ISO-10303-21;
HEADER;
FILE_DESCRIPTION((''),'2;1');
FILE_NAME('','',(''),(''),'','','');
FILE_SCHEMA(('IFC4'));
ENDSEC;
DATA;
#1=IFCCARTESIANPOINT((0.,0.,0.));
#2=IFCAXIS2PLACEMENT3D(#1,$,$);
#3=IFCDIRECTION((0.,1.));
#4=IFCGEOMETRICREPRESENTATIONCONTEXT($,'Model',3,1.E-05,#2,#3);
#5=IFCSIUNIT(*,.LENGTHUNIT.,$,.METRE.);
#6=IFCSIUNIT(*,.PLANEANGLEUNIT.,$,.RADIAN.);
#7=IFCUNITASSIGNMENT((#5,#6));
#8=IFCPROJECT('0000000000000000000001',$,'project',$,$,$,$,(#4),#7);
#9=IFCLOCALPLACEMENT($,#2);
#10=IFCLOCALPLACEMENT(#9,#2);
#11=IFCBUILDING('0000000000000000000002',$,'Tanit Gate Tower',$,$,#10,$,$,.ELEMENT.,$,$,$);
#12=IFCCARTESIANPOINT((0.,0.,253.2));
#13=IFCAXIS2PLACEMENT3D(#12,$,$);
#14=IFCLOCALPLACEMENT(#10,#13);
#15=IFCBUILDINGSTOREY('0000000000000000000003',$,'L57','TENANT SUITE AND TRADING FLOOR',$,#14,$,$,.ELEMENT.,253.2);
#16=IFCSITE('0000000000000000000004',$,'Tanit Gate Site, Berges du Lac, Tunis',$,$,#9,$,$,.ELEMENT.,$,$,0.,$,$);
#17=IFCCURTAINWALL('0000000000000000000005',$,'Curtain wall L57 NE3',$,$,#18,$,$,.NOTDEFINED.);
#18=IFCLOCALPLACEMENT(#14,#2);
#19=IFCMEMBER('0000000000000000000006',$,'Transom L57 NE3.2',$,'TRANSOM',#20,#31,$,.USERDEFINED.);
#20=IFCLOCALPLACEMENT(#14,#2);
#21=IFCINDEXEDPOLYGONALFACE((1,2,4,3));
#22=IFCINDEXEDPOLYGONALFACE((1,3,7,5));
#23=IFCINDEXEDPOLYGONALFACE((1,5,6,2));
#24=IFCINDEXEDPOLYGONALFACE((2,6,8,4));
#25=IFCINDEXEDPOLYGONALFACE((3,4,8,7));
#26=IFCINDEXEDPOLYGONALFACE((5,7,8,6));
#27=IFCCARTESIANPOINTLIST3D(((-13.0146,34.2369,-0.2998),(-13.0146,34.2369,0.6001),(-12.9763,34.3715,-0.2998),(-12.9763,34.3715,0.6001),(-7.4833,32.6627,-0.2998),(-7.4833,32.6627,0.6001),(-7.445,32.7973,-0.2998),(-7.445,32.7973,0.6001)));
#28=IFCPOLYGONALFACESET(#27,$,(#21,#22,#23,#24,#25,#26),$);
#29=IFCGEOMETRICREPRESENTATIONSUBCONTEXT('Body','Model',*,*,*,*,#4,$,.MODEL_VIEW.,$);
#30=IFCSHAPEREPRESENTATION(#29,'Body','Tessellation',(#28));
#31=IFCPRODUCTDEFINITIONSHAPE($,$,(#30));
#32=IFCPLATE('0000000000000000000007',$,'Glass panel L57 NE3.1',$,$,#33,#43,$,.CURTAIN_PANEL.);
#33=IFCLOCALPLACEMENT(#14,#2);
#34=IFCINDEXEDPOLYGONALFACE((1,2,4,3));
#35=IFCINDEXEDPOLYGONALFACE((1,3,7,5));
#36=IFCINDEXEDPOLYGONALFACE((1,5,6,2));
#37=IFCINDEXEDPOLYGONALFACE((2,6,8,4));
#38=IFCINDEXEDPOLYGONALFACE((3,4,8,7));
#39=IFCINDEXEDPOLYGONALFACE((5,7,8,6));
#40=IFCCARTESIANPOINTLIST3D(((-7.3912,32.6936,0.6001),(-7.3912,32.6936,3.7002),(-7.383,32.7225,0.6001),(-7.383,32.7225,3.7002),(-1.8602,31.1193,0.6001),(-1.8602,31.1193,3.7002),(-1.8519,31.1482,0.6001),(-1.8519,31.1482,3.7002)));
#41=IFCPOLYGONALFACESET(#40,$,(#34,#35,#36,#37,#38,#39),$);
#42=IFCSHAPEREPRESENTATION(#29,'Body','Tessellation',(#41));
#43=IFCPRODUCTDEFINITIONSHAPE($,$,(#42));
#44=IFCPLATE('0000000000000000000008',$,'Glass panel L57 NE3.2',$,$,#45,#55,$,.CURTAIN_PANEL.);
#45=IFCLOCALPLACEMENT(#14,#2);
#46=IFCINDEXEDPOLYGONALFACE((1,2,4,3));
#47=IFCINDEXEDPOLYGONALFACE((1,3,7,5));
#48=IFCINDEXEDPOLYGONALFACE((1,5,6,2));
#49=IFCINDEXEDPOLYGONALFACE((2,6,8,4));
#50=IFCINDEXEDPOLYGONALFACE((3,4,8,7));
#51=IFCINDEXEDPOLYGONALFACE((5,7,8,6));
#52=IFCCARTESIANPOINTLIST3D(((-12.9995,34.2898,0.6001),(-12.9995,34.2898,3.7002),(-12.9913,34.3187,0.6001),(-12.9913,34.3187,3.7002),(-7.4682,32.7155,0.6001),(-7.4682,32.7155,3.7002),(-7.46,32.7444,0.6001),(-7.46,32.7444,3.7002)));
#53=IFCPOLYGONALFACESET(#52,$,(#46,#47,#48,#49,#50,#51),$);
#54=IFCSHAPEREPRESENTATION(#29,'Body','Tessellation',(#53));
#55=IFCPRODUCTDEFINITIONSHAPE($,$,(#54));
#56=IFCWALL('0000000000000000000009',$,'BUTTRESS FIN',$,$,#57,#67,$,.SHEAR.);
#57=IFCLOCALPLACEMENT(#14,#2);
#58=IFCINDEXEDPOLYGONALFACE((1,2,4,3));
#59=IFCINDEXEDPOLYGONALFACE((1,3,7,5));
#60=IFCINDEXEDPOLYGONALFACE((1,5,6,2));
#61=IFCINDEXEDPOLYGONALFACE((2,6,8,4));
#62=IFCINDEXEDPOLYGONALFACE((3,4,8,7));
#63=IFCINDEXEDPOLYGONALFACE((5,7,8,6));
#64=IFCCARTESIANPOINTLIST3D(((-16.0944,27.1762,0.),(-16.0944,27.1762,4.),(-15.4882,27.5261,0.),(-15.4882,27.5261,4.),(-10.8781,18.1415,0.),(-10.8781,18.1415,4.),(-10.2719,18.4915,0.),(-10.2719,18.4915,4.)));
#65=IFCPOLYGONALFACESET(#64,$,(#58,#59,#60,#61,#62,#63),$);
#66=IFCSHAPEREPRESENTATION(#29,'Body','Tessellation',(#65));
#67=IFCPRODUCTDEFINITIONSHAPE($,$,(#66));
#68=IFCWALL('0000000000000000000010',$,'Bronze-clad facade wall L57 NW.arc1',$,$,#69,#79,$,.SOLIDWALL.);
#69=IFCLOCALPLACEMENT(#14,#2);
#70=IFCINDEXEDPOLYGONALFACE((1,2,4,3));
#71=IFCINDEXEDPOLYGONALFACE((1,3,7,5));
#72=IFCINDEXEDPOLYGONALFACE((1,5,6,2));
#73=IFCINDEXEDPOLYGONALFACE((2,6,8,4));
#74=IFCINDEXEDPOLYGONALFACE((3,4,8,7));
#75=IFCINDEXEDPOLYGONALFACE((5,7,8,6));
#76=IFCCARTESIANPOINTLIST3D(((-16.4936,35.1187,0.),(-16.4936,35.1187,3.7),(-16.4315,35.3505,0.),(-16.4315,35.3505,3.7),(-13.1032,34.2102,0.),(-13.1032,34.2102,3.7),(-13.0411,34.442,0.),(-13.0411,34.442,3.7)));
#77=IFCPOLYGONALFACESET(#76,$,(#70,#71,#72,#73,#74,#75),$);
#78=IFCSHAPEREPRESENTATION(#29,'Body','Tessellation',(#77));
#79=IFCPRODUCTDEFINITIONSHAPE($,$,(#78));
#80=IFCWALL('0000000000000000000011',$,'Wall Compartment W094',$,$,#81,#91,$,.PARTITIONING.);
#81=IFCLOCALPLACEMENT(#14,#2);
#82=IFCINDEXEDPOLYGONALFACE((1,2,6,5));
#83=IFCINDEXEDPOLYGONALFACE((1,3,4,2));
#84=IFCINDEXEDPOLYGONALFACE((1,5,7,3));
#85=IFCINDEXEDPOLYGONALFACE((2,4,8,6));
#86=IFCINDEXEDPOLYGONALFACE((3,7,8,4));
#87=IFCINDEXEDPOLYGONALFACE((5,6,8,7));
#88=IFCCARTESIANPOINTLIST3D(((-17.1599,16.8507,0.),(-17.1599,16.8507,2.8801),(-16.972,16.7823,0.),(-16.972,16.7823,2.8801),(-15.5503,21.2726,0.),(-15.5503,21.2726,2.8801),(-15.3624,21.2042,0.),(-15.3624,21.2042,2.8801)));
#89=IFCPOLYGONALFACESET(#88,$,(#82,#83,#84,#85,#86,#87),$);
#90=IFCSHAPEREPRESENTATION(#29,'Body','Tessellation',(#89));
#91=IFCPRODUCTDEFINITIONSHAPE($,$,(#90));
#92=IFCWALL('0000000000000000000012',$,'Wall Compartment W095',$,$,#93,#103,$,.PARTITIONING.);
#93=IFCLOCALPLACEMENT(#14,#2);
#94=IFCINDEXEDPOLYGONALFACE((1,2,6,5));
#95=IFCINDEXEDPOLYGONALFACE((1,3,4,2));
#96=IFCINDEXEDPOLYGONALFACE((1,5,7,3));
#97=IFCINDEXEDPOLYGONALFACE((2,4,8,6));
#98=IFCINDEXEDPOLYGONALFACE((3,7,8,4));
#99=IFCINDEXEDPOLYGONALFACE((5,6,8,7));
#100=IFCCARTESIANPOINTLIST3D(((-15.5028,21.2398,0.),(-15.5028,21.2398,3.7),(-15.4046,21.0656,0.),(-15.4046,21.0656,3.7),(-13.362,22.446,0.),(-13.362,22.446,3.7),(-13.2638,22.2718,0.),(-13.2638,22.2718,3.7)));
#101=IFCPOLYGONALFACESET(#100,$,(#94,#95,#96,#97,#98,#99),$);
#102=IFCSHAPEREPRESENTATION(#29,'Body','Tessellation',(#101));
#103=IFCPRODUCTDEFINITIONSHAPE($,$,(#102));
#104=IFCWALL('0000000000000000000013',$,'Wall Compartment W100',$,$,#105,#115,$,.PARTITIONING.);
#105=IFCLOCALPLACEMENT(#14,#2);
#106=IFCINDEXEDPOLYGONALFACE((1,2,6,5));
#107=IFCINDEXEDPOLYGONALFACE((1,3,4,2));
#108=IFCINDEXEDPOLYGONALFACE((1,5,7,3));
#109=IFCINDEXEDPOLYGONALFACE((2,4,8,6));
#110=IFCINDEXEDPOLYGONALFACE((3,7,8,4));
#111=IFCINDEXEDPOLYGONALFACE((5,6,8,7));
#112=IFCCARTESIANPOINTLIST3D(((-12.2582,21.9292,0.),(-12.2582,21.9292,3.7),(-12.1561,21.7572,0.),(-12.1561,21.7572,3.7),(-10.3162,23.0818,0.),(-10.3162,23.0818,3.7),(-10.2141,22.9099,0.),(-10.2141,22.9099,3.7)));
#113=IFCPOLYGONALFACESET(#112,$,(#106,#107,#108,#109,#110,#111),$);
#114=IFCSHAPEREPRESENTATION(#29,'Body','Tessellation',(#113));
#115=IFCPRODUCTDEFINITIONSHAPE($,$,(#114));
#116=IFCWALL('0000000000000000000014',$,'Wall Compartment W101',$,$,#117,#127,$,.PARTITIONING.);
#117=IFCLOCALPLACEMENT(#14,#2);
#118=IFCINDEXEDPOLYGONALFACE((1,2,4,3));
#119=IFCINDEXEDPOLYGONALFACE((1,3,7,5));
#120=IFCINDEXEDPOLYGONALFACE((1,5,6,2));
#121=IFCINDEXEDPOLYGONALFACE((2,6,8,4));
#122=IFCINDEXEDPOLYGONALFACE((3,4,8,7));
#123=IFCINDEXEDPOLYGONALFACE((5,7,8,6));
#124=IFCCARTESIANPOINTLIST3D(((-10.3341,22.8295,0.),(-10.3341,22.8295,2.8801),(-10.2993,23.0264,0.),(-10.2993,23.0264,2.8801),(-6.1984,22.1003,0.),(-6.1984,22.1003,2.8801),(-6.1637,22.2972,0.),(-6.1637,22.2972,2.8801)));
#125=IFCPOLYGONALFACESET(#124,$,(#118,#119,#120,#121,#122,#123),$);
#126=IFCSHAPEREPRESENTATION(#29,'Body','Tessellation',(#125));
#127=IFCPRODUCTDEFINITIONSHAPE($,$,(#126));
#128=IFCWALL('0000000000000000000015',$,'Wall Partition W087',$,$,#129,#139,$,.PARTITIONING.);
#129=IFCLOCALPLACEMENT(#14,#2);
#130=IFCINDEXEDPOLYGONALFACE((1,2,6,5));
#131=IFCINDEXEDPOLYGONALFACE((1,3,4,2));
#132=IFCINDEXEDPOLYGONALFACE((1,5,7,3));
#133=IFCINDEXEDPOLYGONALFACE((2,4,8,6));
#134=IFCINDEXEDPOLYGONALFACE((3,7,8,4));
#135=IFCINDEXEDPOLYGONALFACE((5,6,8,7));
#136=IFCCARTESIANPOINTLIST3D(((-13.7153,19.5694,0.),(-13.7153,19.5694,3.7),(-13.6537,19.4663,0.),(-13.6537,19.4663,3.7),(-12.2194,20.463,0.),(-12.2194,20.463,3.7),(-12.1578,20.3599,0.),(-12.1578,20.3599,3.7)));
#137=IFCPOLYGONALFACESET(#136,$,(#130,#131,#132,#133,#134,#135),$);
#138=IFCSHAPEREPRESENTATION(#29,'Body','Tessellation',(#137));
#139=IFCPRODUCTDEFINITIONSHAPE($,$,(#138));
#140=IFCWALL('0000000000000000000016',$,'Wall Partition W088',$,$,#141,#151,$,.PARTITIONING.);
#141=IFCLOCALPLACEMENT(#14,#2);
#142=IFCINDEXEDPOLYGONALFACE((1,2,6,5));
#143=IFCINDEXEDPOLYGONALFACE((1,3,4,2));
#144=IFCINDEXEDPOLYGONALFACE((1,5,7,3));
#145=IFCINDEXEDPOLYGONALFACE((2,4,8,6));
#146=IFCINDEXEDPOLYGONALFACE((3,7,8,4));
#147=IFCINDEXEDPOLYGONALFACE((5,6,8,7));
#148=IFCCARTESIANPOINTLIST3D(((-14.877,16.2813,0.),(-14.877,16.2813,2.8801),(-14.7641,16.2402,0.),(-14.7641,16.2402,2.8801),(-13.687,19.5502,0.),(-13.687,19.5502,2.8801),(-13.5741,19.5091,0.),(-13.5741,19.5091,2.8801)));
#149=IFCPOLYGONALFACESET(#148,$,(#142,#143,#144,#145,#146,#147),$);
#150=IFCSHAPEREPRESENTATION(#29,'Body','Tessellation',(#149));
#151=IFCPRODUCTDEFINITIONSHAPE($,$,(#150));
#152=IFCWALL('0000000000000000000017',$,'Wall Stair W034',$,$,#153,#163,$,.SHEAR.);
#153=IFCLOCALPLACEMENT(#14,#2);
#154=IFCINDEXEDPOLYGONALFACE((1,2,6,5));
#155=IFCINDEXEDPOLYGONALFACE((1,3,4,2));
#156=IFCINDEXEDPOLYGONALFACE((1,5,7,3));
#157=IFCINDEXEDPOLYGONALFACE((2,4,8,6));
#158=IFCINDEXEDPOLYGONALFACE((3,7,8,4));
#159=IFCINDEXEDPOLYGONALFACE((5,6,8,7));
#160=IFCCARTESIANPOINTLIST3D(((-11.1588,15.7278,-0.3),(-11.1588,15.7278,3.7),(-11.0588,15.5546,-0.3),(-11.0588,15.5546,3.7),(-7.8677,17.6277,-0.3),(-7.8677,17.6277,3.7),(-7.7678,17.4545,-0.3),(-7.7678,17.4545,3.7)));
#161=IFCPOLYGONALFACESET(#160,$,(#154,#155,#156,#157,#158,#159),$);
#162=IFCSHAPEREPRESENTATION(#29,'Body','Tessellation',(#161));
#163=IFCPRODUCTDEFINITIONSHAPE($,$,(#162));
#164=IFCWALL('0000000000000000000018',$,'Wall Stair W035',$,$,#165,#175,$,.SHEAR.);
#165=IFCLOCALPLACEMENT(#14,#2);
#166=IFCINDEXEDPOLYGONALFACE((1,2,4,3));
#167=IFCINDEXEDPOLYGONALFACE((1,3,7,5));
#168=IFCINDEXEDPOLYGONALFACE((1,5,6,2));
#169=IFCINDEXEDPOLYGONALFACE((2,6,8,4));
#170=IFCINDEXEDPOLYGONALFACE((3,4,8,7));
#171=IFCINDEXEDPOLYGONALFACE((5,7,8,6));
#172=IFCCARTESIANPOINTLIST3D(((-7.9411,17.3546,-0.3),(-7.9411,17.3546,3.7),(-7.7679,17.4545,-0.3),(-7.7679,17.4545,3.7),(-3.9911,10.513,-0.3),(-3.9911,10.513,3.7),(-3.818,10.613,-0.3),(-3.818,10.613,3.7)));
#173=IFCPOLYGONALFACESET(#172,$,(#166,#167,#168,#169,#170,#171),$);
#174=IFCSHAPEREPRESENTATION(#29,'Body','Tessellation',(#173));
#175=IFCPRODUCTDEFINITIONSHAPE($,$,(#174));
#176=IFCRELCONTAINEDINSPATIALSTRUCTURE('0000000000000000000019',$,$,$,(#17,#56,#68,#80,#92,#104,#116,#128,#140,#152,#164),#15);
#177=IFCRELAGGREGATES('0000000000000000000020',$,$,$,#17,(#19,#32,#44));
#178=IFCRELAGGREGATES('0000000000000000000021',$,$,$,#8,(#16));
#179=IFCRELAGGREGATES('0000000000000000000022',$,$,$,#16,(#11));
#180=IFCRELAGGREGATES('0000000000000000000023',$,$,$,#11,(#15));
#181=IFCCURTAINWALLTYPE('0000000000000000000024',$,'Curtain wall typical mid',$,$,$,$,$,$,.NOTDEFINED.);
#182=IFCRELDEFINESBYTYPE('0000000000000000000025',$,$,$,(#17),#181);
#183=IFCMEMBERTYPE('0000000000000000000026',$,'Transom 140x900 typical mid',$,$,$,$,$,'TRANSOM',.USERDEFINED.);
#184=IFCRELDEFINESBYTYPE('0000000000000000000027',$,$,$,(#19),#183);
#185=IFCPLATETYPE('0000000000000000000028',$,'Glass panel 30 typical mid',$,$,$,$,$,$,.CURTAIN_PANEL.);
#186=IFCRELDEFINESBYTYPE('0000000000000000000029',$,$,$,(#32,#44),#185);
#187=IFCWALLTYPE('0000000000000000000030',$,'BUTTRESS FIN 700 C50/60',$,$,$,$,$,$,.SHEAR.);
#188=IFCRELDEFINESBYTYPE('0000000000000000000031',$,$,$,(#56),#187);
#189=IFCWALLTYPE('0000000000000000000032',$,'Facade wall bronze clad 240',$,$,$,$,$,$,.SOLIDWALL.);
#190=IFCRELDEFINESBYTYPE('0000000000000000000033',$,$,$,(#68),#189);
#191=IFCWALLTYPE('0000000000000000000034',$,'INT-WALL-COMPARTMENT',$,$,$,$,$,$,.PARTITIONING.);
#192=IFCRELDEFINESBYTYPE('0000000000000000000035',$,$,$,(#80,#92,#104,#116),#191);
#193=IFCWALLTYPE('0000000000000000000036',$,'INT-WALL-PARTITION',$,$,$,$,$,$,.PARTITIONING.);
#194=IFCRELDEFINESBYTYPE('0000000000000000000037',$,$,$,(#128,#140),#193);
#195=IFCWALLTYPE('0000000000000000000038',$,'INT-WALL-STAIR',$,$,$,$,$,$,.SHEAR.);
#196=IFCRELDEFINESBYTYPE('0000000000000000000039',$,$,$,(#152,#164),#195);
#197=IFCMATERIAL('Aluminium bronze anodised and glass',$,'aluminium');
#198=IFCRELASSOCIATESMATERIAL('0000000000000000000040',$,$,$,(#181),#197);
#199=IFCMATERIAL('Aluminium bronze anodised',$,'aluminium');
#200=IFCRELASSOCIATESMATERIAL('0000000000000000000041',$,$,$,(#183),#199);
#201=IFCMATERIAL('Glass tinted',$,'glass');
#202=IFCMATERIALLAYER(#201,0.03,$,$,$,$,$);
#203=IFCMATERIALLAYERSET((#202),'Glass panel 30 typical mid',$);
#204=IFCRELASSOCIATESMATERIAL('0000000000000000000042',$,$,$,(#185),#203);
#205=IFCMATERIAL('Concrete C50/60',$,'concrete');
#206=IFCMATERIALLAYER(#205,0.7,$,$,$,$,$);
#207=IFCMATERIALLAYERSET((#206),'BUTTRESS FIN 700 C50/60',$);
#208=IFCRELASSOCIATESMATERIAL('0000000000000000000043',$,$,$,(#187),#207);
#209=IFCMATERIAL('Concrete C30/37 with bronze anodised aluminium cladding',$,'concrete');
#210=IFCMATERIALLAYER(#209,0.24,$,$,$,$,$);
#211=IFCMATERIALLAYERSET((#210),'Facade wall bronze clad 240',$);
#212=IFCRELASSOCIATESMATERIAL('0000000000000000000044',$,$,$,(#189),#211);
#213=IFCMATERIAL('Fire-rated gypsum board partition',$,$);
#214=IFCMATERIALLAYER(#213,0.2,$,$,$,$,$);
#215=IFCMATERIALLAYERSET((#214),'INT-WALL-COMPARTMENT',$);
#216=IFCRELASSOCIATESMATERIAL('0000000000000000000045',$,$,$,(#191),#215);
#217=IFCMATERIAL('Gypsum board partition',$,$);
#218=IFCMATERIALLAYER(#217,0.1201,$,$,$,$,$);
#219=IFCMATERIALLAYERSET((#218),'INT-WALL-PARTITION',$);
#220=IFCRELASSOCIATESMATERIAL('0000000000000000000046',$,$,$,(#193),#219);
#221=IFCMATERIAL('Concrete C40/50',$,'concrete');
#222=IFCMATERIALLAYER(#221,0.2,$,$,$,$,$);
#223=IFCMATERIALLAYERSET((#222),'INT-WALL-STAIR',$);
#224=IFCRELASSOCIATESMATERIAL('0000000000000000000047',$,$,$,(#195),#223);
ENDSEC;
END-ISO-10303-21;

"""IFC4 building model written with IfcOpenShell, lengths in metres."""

from ifc_helpers import new_model, si_unit, direction, frame, frame_2d, origin, origin_2d, place, context, subcontext, project, spatial, rectangle, extrude, material, layer, layer_set, material_profile, profile_set, type_object, element, aggregate, save


model = new_model("IFC4")

# Units and contexts
model_context = context("Model", 3, precision=1e-05, world=origin(), true_north=direction((0.0, 1.0)))
body_context = subcontext(model_context, "Body", "Model", "MODEL_VIEW")
ifc_project = project(units=[si_unit("LENGTHUNIT", "METRE"), si_unit("PLANEANGLEUNIT", "RADIAN")], contexts=[model_context])

# Site, building, storey
site_placement = place(None, origin())
site = spatial("IfcSite", under=ifc_project, at=site_placement, Name="Tanit Gate Site, Berges du Lac, Tunis", CompositionType="ELEMENT", RefElevation=0.0)
building_placement = place(site_placement, origin())
building = spatial("IfcBuilding", under=site, at=building_placement, Name="Tanit Gate Tower", CompositionType="ELEMENT")
storey_placement = place(building_placement, frame((0.0, 0.0, 253.2)))
storey = spatial("IfcBuildingStorey", under=building, at=storey_placement, Name="L57", Description="TENANT SUITE AND TRADING FLOOR", CompositionType="ELEMENT", Elevation=253.2)

# Curtain wall
ifc_material_1 = material(Name="Aluminium bronze anodised and glass", Category="aluminium")
curtain_wall_type = type_object("IfcCurtainWallType", Name="Curtain wall typical mid", PredefinedType="NOTDEFINED", material=ifc_material_1)
curtain_wall_placement = place(storey_placement, origin())
curtain_wall = element("IfcCurtainWall", 1, at=curtain_wall_placement, inside=storey, type_object=curtain_wall_type, Name="Curtain wall L57 NE3", PredefinedType="NOTDEFINED")

# Member
ifc_material_2 = material(Name="Aluminium bronze anodised", Category="aluminium")
ifc_material_profile_1 = material_profile(ifc_material_2, rectangle(XDim=0.1399, YDim=0.8999, at=origin_2d()), Name="140x900 bronze transom")
ifc_profile_set_1 = profile_set([ifc_material_profile_1], Name="Aluminium bronze anodised")
member_type_1 = type_object("IfcMemberType", Name="Transom 140x900 typical mid", ElementType="TRANSOM", PredefinedType="USERDEFINED", material=ifc_profile_set_1)
member_1_placement = place(storey_placement, frame((-7.4641, 32.73, 0.1501), z_axis=(-0.961805, 0.273734, 0.0), x_axis=(-0.273734, -0.961805, 0.0)))
member_1 = element("IfcMember", 2, at=member_1_placement, type_object=member_type_1, Name="Transom L57 NE3.2", ObjectType="TRANSOM", PredefinedType="USERDEFINED", context=body_context, shape_type="SweptSolid", body=[
    extrude(rectangle(XDim=0.1399, YDim=0.8999, at=origin_2d()), origin(), (0.0, 0.0, 1.0), 5.751),
])

# Plates
ifc_material_3 = material(Name="Glass tinted", Category="glass")
ifc_layer_1 = layer(ifc_material_3, 0.03)
ifc_layer_set_1 = layer_set([ifc_layer_1], Name="Glass panel 30 typical mid")
plate_type = type_object("IfcPlateType", Name="Glass panel 30 typical mid", PredefinedType="CURTAIN_PANEL", material=ifc_layer_set_1)
plate_1_placement = place(storey_placement, frame((-4.6216, 31.9209, 0.6001), z_axis=(0.0, 0.0, 1.0), x_axis=(-0.961803, 0.273744, 0.0)))
plate_1 = element("IfcPlate", 3, at=plate_1_placement, type_object=plate_type, Name="Glass panel L57 NE3.1", PredefinedType="CURTAIN_PANEL", context=body_context, shape_type="SweptSolid", body=[
    extrude(rectangle(XDim=5.7507, YDim=0.03, at=origin_2d()), origin(), (0.0, 0.0, 1.0), 3.1001),
])
plate_2_placement = place(storey_placement, frame((-10.2297, 33.5171, 0.6001), z_axis=(0.0, 0.0, 1.0), x_axis=(-0.961803, 0.273744, 0.0)))
plate_2 = element("IfcPlate", 4, at=plate_2_placement, type_object=plate_type, Name="Glass panel L57 NE3.2", PredefinedType="CURTAIN_PANEL", context=body_context, shape_type="SweptSolid", body=[
    extrude(rectangle(XDim=5.751, YDim=0.03, at=origin_2d()), origin(), (0.0, 0.0, 1.0), 3.1001),
])
aggregate(curtain_wall, [member_1, plate_1, plate_2])

# Walls
ifc_material_4 = material(Name="Concrete C50/60", Category="concrete")
ifc_layer_2 = layer(ifc_material_4, 0.7)
ifc_layer_set_2 = layer_set([ifc_layer_2], Name="BUTTRESS FIN 700 C50/60")
wall_type_1 = type_object("IfcWallType", Name="BUTTRESS FIN 700 C50/60", PredefinedType="SHEAR", material=ifc_layer_set_2)
wall_1_placement = place(storey_placement, frame((-10.575, 18.3164, 0.0), z_axis=(0.0, 0.0, 1.0), x_axis=(-0.50001, 0.86602, 0.0)))
element("IfcWall", 5, at=wall_1_placement, inside=storey, type_object=wall_type_1, Name="BUTTRESS FIN", PredefinedType="SHEAR", context=body_context, shape_type="SweptSolid", body=[
    extrude(rectangle(XDim=10.4324, YDim=0.7, at=frame_2d((5.2163, 0.0))), origin(), (0.0, 0.0, 1.0), 4.0),
])
ifc_material_5 = material(Name="Concrete C30/37 with bronze anodised aluminium cladding", Category="concrete")
ifc_layer_3 = layer(ifc_material_5, 0.24)
ifc_layer_set_3 = layer_set([ifc_layer_3], Name="Facade wall bronze clad 240")
wall_type_2 = type_object("IfcWallType", Name="Facade wall bronze clad 240", PredefinedType="SOLIDWALL", material=ifc_layer_set_3)
wall_2_placement = place(storey_placement, frame((-13.0723, 34.3262, 0.0), z_axis=(0.0, 0.0, 1.0), x_axis=(-0.965926, 0.258818, 0.0)))
element("IfcWall", 6, at=wall_2_placement, inside=storey, type_object=wall_type_2, Name="Bronze-clad facade wall L57 NW.arc1", PredefinedType="SOLIDWALL", context=body_context, shape_type="SweptSolid", body=[
    extrude(rectangle(XDim=3.51, YDim=0.24, at=frame_2d((1.7549, 0.0))), origin(), (0.0, 0.0, 1.0), 3.7),
])
ifc_material_6 = material(Name="Fire-rated gypsum board partition")
ifc_layer_4 = layer(ifc_material_6, 0.2)
ifc_layer_set_4 = layer_set([ifc_layer_4], Name="INT-WALL-COMPARTMENT")
wall_type_3 = type_object("IfcWallType", Name="INT-WALL-COMPARTMENT", PredefinedType="PARTITIONING", material=ifc_layer_set_4)
wall_3_placement = place(storey_placement, frame((-15.4563, 21.2385, 0.0), z_axis=(0.0, 0.0, 1.0), x_axis=(-0.342055, -0.93968, 0.0)))
element("IfcWall", 7, at=wall_3_placement, inside=storey, type_object=wall_type_3, Name="Wall Compartment W094", PredefinedType="PARTITIONING", context=body_context, shape_type="SweptSolid", body=[
    extrude(rectangle(XDim=4.7058, YDim=0.2, at=frame_2d((2.353, 0.0))), origin(), (0.0, 0.0, 1.0), 2.8801),
])
wall_4_placement = place(storey_placement, frame((-13.313, 22.3589, 0.0), z_axis=(0.0, 0.0, 1.0), x_axis=(-0.871217, -0.490898, 0.0)))
element("IfcWall", 8, at=wall_4_placement, inside=storey, type_object=wall_type_3, Name="Wall Compartment W095", PredefinedType="PARTITIONING", context=body_context, shape_type="SweptSolid", body=[
    extrude(rectangle(XDim=2.4573, YDim=0.2, at=frame_2d((1.2285, 0.0))), origin(), (0.0, 0.0, 1.0), 3.7),
])
wall_5_placement = place(storey_placement, frame((-10.2651, 22.9958, 0.0), z_axis=(0.0, 0.0, 1.0), x_axis=(-0.859935, -0.510404, 0.0)))
element("IfcWall", 9, at=wall_5_placement, inside=storey, type_object=wall_type_3, Name="Wall Compartment W100", PredefinedType="PARTITIONING", context=body_context, shape_type="SweptSolid", body=[
    extrude(rectangle(XDim=2.2583, YDim=0.2, at=frame_2d((1.1292, 0.0))), origin(), (0.0, 0.0, 1.0), 3.7),
])
wall_6_placement = place(storey_placement, frame((-6.1812, 22.1987, 0.0), z_axis=(0.0, 0.0, 1.0), x_axis=(-0.984808, 0.173649, 0.0)))
element("IfcWall", 10, at=wall_6_placement, inside=storey, type_object=wall_type_3, Name="Wall Compartment W101", PredefinedType="PARTITIONING", context=body_context, shape_type="SweptSolid", body=[
    extrude(rectangle(XDim=4.1995, YDim=0.2, at=frame_2d((2.0996, 0.0))), origin(), (0.0, 0.0, 1.0), 2.8801),
])
ifc_material_7 = material(Name="Gypsum board partition")
ifc_layer_5 = layer(ifc_material_7, 0.1201)
ifc_layer_set_5 = layer_set([ifc_layer_5], Name="INT-WALL-PARTITION")
wall_type_4 = type_object("IfcWallType", Name="INT-WALL-PARTITION", PredefinedType="PARTITIONING", material=ifc_layer_set_5)
wall_7_placement = place(storey_placement, frame((-12.1887, 20.4114, 0.0), z_axis=(0.0, 0.0, 1.0), x_axis=(-0.858493, -0.512826, 0.0)))
element("IfcWall", 11, at=wall_7_placement, inside=storey, type_object=wall_type_4, Name="Wall Partition W087", PredefinedType="PARTITIONING", context=body_context, shape_type="SweptSolid", body=[
    extrude(rectangle(XDim=1.7424, YDim=0.1201, at=frame_2d((0.8711, 0.0))), origin(), (0.0, 0.0, 1.0), 3.7),
])
wall_8_placement = place(storey_placement, frame((-13.6306, 19.5295, 0.0), z_axis=(0.0, 0.0, 1.0), x_axis=(-0.34207, -0.939675, 0.0)))
element("IfcWall", 12, at=wall_8_placement, inside=storey, type_object=wall_type_4, Name="Wall Partition W088", PredefinedType="PARTITIONING", context=body_context, shape_type="SweptSolid", body=[
    extrude(rectangle(XDim=3.4788, YDim=0.1201, at=frame_2d((1.7393, 0.0))), origin(), (0.0, 0.0, 1.0), 2.8801),
])
ifc_material_8 = material(Name="Concrete C40/50", Category="concrete")
ifc_layer_6 = layer(ifc_material_8, 0.2)
ifc_layer_set_6 = layer_set([ifc_layer_6], Name="INT-WALL-STAIR")
wall_type_5 = type_object("IfcWallType", Name="INT-WALL-STAIR", PredefinedType="SHEAR", material=ifc_layer_set_6)
wall_9_placement = place(storey_placement, frame((-7.8179, 17.541, -0.3), z_axis=(0.0, 0.0, 1.0), x_axis=(-0.866044, -0.499967, 0.0)))
element("IfcWall", 13, at=wall_9_placement, inside=storey, type_object=wall_type_5, Name="Wall Stair W034", PredefinedType="SHEAR", context=body_context, shape_type="SweptSolid", body=[
    extrude(rectangle(XDim=3.8, YDim=0.2, at=frame_2d((1.8999, 0.0))), origin(), (0.0, 0.0, 1.0), 4.0),
])
wall_10_placement = place(storey_placement, frame((-7.8545, 17.4045, -0.3), z_axis=(0.0, 0.0, 1.0), x_axis=(0.499998, -0.866027, 0.0)))
element("IfcWall", 14, at=wall_10_placement, inside=storey, type_object=wall_type_5, Name="Wall Stair W035", PredefinedType="SHEAR", context=body_context, shape_type="SweptSolid", body=[
    extrude(rectangle(XDim=7.8999, YDim=0.2, at=frame_2d((3.95, 0.0))), origin(), (0.0, 0.0, 1.0), 4.0),
])

save(model, "model.ifc")
